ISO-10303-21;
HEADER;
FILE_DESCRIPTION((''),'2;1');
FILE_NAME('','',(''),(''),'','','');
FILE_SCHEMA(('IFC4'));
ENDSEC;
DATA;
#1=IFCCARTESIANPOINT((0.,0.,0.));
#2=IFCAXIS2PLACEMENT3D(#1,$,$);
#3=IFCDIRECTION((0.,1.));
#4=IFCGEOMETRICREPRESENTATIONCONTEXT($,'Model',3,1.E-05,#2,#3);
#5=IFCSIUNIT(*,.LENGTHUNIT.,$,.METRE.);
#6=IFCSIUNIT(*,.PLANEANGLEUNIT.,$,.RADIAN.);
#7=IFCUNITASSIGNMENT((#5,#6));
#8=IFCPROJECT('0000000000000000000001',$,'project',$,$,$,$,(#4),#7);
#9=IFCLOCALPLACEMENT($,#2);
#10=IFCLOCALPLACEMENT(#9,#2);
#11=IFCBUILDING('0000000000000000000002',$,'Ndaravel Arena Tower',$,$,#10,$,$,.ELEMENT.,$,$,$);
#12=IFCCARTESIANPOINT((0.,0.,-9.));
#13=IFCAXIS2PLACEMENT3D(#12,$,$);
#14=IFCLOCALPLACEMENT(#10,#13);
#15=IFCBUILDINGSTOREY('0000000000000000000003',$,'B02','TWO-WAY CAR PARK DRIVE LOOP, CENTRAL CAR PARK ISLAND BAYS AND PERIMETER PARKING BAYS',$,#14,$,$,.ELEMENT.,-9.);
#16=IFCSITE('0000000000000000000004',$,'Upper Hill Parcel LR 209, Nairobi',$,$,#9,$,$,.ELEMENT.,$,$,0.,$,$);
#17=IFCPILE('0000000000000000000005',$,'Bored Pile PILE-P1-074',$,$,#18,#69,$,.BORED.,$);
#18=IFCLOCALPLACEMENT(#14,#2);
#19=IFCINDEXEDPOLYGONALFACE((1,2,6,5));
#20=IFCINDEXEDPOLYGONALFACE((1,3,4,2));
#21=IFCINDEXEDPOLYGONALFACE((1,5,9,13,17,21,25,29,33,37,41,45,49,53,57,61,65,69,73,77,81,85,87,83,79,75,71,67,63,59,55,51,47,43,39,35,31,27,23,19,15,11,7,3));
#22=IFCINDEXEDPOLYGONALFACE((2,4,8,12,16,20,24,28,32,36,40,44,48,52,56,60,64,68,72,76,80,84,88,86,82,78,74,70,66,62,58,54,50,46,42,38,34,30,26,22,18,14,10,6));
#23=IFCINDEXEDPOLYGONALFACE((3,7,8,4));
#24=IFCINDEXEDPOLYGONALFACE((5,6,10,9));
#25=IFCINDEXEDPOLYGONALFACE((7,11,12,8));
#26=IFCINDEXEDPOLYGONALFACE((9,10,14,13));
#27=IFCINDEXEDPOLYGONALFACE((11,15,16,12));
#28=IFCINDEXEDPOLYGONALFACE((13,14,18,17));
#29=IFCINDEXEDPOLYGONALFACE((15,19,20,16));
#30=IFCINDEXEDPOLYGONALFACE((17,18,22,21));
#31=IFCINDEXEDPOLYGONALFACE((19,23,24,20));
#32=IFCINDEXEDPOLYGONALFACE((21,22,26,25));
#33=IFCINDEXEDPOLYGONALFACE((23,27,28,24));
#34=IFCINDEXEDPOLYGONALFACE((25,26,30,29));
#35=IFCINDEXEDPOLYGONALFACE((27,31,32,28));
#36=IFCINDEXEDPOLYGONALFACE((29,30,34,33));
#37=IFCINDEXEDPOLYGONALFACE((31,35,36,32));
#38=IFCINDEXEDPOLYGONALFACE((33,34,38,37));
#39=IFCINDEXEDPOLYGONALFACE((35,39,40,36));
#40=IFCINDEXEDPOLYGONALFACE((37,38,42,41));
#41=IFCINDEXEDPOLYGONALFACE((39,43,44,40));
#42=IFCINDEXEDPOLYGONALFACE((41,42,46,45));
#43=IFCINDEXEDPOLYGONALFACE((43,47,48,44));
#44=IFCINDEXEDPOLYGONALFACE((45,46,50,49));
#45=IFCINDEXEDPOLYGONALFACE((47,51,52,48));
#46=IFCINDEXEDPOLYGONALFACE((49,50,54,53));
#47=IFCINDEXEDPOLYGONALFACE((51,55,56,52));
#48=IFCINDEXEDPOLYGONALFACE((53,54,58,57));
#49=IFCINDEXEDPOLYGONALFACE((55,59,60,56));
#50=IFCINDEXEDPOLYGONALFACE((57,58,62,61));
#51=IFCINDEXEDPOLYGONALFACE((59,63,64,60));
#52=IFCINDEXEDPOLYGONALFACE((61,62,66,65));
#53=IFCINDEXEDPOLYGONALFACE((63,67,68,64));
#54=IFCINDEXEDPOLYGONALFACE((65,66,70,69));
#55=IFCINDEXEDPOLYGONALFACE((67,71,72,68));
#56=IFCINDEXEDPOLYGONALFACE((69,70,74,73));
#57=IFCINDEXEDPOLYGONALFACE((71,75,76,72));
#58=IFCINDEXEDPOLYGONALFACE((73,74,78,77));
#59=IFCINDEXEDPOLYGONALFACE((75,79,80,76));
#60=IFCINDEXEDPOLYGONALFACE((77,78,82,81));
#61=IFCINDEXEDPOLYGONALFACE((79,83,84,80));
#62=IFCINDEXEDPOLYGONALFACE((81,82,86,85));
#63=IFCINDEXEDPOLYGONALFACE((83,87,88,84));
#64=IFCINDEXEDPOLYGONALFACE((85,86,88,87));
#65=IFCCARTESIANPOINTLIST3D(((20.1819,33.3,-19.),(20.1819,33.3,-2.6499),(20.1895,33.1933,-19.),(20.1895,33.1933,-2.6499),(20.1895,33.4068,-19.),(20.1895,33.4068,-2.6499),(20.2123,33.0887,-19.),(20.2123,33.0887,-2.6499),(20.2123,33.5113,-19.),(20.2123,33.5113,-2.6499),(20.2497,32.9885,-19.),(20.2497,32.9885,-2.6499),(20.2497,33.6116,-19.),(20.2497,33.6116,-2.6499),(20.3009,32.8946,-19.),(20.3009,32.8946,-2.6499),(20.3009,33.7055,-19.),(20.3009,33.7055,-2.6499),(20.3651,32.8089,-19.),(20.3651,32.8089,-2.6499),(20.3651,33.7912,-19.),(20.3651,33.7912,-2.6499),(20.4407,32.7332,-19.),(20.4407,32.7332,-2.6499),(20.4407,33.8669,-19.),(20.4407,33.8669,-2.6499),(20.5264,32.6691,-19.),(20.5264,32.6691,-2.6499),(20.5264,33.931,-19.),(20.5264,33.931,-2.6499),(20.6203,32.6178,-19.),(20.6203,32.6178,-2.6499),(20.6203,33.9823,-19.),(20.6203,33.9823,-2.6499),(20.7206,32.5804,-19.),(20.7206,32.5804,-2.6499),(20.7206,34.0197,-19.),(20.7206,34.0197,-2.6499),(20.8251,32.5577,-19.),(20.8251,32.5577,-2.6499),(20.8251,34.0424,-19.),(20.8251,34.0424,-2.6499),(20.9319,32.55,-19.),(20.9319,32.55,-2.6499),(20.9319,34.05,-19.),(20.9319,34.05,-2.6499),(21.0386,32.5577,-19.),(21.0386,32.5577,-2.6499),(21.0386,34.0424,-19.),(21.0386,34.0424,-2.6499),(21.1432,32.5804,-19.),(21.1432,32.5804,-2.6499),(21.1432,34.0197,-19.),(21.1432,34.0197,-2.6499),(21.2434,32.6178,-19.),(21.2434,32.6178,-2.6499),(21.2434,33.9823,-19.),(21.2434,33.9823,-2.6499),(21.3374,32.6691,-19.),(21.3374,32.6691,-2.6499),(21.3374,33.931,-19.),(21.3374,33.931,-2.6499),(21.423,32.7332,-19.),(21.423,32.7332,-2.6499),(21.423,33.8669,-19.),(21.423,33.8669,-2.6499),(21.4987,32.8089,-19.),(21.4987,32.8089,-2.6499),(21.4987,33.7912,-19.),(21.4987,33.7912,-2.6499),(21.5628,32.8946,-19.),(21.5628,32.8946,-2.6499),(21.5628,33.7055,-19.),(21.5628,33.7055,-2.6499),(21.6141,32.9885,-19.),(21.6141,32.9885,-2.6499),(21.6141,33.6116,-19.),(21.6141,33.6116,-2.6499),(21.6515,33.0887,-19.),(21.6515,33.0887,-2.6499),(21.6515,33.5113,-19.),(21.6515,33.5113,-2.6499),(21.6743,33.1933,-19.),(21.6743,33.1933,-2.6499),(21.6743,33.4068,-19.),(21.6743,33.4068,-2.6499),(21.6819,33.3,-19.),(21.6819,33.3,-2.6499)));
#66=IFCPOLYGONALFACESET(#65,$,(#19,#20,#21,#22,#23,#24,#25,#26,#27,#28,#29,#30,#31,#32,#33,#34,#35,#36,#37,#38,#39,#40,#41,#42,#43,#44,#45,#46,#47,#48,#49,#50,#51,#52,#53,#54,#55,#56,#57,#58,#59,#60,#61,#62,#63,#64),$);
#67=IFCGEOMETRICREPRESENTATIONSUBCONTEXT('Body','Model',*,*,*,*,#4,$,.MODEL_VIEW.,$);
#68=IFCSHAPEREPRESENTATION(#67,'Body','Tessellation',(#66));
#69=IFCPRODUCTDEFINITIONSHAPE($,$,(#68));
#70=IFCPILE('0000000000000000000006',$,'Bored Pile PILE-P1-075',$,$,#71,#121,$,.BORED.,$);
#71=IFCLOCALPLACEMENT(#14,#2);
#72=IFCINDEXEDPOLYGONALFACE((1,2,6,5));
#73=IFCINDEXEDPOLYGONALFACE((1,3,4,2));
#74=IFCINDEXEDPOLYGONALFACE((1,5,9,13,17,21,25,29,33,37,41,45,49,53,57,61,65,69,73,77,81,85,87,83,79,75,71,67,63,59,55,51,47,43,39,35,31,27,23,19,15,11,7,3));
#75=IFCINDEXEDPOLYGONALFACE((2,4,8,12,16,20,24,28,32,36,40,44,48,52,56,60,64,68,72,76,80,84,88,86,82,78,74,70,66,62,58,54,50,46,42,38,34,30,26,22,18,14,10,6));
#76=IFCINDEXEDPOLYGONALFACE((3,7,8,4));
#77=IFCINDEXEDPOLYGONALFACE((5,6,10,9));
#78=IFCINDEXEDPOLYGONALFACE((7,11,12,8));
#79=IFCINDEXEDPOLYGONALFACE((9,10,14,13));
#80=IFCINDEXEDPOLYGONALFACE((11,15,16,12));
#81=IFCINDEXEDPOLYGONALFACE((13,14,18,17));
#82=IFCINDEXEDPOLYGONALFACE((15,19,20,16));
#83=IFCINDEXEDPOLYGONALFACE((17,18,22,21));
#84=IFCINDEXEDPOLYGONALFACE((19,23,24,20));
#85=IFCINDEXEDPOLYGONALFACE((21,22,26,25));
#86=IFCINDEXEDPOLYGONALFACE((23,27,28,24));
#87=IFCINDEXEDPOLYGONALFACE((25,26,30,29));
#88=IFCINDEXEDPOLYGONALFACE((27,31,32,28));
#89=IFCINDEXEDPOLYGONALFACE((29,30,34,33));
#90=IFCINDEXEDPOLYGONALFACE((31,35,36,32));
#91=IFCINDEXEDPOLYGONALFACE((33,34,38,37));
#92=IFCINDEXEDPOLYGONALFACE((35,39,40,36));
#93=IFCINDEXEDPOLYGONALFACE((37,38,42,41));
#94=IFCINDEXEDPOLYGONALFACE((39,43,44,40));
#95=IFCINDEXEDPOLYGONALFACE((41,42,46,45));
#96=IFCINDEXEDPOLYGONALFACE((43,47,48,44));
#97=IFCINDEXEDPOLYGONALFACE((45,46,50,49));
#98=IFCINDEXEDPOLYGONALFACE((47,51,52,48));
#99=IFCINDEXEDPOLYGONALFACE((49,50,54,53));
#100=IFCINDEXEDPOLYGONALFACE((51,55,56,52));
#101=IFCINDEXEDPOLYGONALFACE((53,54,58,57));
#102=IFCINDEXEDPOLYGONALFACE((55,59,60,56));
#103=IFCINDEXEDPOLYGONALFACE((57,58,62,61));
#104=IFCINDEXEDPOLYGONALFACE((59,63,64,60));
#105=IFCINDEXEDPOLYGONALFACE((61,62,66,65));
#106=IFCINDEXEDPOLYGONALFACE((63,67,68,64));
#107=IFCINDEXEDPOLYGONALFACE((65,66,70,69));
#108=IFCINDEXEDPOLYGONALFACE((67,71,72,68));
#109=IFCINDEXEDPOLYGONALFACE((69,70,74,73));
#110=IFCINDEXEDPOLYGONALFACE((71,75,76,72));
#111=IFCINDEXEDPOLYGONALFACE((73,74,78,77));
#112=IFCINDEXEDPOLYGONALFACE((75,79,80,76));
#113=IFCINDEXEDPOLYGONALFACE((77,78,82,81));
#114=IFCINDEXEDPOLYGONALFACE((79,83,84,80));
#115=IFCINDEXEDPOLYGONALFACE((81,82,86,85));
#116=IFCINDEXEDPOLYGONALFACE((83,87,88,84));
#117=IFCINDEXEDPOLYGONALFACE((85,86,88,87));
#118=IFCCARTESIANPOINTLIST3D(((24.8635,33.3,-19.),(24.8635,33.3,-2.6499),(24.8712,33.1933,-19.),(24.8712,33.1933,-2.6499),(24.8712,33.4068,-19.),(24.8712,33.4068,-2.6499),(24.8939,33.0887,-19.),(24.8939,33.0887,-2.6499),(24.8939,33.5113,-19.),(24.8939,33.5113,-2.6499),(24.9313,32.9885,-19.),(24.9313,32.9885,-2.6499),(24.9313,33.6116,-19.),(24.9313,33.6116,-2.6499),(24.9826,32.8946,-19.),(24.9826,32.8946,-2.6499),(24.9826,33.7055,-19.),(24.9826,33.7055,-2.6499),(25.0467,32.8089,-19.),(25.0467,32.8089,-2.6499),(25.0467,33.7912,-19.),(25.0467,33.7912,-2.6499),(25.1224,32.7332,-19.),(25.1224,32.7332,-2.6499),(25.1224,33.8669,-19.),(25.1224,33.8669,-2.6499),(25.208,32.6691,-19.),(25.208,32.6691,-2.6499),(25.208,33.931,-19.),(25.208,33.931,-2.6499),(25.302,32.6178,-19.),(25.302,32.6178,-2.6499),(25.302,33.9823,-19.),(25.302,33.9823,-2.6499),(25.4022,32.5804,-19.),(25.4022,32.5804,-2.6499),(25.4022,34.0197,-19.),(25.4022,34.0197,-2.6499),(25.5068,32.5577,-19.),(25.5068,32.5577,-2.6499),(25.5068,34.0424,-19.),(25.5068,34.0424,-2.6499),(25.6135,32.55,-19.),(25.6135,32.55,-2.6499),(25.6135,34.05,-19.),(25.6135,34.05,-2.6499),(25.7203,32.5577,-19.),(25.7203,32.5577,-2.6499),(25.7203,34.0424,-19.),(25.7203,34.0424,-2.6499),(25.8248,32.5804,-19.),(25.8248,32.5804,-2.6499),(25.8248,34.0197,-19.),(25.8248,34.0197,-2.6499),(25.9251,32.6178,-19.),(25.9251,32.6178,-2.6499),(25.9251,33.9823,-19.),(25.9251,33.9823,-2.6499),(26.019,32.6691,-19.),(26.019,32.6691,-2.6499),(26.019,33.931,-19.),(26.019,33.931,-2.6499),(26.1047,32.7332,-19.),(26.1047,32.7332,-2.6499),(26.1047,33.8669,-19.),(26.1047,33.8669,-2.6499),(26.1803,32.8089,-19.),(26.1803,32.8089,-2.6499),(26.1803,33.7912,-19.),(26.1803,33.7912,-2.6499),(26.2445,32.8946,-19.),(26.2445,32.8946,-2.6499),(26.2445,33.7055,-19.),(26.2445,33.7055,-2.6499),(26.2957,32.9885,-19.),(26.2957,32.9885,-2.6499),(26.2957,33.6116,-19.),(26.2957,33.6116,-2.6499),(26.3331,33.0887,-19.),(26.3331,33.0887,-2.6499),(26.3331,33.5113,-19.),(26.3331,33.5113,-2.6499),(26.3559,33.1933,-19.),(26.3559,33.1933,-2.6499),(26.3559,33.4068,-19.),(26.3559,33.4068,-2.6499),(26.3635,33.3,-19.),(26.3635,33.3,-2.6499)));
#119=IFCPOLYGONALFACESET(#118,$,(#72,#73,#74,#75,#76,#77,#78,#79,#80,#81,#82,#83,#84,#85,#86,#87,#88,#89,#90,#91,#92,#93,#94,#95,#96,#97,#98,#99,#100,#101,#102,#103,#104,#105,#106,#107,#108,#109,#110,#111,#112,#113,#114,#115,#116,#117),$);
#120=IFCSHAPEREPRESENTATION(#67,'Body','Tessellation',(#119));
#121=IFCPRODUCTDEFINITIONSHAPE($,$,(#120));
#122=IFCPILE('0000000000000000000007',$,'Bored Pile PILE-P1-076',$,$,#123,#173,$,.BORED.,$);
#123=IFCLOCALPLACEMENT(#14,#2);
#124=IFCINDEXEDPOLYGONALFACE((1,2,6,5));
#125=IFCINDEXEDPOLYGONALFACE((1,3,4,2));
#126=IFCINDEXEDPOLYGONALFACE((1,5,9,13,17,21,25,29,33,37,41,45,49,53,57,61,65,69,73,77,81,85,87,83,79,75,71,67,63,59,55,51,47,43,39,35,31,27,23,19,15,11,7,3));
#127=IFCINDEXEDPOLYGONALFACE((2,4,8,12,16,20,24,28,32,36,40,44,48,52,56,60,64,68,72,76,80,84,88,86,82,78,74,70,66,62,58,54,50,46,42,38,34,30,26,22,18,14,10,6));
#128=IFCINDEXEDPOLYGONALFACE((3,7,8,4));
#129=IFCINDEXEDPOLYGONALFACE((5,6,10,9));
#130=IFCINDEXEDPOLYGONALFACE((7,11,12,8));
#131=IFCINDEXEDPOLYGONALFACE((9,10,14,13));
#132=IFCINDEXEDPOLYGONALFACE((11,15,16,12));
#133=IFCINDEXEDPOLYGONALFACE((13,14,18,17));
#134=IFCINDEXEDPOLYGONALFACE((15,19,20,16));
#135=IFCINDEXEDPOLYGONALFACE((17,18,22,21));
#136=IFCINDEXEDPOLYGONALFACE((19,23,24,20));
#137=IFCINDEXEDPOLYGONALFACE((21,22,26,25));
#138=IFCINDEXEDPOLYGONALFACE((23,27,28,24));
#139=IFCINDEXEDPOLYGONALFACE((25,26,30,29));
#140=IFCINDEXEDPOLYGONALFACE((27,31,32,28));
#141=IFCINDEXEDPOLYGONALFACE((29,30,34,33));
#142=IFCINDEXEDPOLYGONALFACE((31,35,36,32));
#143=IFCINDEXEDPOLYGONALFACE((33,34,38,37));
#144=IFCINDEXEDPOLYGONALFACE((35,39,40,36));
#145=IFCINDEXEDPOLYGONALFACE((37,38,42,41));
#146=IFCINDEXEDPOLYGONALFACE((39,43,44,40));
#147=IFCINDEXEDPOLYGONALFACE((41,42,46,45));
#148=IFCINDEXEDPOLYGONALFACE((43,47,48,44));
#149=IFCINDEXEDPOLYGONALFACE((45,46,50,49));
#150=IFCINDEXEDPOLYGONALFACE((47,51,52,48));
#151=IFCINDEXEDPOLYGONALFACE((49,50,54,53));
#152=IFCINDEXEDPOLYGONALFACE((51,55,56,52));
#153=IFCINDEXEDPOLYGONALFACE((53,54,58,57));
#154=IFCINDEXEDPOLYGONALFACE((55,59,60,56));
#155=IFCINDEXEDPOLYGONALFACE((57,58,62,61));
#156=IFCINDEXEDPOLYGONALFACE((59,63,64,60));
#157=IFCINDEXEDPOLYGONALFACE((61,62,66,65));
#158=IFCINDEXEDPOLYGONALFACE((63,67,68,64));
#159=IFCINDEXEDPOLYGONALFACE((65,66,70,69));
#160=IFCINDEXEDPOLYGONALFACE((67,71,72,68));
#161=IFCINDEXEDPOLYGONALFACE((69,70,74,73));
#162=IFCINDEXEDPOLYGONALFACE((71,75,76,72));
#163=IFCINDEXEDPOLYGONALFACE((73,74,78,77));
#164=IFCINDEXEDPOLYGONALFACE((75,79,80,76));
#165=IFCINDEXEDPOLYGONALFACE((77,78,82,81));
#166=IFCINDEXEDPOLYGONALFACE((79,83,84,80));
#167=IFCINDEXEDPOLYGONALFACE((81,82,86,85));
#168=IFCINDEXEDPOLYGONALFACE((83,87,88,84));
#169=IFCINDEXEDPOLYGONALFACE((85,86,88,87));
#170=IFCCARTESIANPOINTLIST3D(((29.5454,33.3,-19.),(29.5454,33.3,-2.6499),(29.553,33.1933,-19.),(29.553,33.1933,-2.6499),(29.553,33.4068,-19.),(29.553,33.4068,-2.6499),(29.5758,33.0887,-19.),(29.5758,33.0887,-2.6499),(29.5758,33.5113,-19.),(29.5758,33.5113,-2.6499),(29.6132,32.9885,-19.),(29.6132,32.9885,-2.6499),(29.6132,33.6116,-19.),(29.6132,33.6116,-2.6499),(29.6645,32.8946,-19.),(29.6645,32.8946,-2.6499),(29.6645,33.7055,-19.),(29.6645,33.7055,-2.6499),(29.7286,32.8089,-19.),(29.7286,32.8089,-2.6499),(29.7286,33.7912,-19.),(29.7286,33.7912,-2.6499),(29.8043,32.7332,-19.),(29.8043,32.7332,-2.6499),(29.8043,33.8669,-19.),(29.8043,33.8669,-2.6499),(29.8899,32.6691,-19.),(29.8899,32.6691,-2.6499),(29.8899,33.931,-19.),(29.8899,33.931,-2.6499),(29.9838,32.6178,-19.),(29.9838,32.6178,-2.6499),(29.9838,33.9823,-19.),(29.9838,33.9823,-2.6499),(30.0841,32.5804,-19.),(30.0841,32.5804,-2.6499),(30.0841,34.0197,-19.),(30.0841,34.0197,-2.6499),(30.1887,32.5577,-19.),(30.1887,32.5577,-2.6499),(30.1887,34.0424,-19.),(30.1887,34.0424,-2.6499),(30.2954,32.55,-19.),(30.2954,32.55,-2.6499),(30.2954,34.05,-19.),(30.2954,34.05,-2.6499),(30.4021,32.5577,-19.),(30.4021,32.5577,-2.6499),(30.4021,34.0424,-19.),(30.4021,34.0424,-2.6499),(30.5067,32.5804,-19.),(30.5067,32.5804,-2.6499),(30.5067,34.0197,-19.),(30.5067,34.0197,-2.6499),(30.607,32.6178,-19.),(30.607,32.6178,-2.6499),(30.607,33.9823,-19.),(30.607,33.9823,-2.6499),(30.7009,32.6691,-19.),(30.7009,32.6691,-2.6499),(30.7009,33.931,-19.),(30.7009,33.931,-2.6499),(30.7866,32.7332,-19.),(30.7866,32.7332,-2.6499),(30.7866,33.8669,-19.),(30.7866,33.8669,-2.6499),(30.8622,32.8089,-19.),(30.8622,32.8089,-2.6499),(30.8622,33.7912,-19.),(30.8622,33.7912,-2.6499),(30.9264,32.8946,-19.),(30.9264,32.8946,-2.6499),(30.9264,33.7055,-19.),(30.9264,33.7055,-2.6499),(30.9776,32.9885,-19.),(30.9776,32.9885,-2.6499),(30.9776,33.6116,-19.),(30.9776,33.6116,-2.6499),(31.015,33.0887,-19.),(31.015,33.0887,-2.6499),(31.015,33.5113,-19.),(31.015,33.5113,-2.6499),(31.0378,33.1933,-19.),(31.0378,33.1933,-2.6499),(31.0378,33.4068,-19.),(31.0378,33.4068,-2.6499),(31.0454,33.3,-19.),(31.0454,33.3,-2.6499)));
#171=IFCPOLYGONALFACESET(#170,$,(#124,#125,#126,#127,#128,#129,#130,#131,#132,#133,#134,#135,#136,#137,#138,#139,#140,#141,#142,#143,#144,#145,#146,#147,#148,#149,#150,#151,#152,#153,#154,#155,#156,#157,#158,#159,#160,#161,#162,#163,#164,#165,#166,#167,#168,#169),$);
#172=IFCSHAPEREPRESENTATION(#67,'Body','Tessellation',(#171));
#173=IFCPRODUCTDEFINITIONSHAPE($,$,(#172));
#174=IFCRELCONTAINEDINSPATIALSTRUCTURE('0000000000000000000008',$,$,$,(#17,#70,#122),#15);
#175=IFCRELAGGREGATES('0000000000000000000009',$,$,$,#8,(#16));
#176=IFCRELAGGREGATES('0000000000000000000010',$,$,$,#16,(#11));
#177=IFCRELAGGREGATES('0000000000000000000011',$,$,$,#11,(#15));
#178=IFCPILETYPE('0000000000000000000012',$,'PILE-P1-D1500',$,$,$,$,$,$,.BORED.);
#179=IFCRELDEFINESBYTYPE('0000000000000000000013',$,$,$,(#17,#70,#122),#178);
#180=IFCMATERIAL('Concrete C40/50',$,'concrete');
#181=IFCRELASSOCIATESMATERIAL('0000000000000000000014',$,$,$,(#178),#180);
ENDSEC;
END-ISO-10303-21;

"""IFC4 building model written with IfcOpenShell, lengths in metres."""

from ifc_helpers import new_model, si_unit, direction, frame, origin, origin_2d, place, context, subcontext, project, spatial, circle, extrude, material, material_profile, profile_set, type_object, element, save


model = new_model("IFC4")

# Units and contexts
model_context = context("Model", 3, precision=1e-05, world=origin(), true_north=direction((0.0, 1.0)))
body_context = subcontext(model_context, "Body", "Model", "MODEL_VIEW")
ifc_project = project(units=[si_unit("LENGTHUNIT", "METRE"), si_unit("PLANEANGLEUNIT", "RADIAN")], contexts=[model_context])

# Site, building, storey
site_placement = place(None, origin())
site = spatial("IfcSite", under=ifc_project, at=site_placement, Name="Upper Hill Parcel LR 209, Nairobi", CompositionType="ELEMENT", RefElevation=0.0)
building_placement = place(site_placement, origin())
building = spatial("IfcBuilding", under=site, at=building_placement, Name="Ndaravel Arena Tower", CompositionType="ELEMENT")
storey_placement = place(building_placement, frame((0.0, 0.0, -9.0)))
storey = spatial("IfcBuildingStorey", under=building, at=storey_placement, Name="B02", Description="TWO-WAY CAR PARK DRIVE LOOP, CENTRAL CAR PARK ISLAND BAYS AND PERIMETER PARKING BAYS", CompositionType="ELEMENT", Elevation=-9.0)

# Piles
ifc_material_1 = material(Name="Concrete C40/50", Category="concrete")
ifc_material_profile_1 = material_profile(ifc_material_1, circle(Radius=0.75, at=origin_2d()), Name="BORED PILE D1500")
ifc_profile_set_1 = profile_set([ifc_material_profile_1], Name="Concrete C40/50")
pile_type = type_object("IfcPileType", Name="PILE-P1-D1500", PredefinedType="BORED", material=ifc_profile_set_1)
for number, where, z_axis, x_axis, name in (
    (1, (20.9319, 33.3, -2.6499), (0.0, 0.0, -1.0), (1.0, 0.0, 0.0), "Bored Pile PILE-P1-074"),
    (2, (25.6135, 33.3, -2.6499), (0.0, 0.0, -1.0), (1.0, 0.0, 0.0), "Bored Pile PILE-P1-075"),
    (3, (30.2954, 33.3, -2.6499), (0.0, 0.0, -1.0), (1.0, 0.0, 0.0), "Bored Pile PILE-P1-076"),
):
    element("IfcPile", number, at=place(storey_placement, frame(where, z_axis=z_axis, x_axis=x_axis)), inside=storey, type_object=pile_type, Name=name, PredefinedType="BORED", context=body_context, shape_type="SweptSolid", body=[
        extrude(circle(Radius=0.75, at=origin_2d()), origin(), (0.0, 0.0, 1.0), 16.3501),
    ])

save(model, "model.ifc")
